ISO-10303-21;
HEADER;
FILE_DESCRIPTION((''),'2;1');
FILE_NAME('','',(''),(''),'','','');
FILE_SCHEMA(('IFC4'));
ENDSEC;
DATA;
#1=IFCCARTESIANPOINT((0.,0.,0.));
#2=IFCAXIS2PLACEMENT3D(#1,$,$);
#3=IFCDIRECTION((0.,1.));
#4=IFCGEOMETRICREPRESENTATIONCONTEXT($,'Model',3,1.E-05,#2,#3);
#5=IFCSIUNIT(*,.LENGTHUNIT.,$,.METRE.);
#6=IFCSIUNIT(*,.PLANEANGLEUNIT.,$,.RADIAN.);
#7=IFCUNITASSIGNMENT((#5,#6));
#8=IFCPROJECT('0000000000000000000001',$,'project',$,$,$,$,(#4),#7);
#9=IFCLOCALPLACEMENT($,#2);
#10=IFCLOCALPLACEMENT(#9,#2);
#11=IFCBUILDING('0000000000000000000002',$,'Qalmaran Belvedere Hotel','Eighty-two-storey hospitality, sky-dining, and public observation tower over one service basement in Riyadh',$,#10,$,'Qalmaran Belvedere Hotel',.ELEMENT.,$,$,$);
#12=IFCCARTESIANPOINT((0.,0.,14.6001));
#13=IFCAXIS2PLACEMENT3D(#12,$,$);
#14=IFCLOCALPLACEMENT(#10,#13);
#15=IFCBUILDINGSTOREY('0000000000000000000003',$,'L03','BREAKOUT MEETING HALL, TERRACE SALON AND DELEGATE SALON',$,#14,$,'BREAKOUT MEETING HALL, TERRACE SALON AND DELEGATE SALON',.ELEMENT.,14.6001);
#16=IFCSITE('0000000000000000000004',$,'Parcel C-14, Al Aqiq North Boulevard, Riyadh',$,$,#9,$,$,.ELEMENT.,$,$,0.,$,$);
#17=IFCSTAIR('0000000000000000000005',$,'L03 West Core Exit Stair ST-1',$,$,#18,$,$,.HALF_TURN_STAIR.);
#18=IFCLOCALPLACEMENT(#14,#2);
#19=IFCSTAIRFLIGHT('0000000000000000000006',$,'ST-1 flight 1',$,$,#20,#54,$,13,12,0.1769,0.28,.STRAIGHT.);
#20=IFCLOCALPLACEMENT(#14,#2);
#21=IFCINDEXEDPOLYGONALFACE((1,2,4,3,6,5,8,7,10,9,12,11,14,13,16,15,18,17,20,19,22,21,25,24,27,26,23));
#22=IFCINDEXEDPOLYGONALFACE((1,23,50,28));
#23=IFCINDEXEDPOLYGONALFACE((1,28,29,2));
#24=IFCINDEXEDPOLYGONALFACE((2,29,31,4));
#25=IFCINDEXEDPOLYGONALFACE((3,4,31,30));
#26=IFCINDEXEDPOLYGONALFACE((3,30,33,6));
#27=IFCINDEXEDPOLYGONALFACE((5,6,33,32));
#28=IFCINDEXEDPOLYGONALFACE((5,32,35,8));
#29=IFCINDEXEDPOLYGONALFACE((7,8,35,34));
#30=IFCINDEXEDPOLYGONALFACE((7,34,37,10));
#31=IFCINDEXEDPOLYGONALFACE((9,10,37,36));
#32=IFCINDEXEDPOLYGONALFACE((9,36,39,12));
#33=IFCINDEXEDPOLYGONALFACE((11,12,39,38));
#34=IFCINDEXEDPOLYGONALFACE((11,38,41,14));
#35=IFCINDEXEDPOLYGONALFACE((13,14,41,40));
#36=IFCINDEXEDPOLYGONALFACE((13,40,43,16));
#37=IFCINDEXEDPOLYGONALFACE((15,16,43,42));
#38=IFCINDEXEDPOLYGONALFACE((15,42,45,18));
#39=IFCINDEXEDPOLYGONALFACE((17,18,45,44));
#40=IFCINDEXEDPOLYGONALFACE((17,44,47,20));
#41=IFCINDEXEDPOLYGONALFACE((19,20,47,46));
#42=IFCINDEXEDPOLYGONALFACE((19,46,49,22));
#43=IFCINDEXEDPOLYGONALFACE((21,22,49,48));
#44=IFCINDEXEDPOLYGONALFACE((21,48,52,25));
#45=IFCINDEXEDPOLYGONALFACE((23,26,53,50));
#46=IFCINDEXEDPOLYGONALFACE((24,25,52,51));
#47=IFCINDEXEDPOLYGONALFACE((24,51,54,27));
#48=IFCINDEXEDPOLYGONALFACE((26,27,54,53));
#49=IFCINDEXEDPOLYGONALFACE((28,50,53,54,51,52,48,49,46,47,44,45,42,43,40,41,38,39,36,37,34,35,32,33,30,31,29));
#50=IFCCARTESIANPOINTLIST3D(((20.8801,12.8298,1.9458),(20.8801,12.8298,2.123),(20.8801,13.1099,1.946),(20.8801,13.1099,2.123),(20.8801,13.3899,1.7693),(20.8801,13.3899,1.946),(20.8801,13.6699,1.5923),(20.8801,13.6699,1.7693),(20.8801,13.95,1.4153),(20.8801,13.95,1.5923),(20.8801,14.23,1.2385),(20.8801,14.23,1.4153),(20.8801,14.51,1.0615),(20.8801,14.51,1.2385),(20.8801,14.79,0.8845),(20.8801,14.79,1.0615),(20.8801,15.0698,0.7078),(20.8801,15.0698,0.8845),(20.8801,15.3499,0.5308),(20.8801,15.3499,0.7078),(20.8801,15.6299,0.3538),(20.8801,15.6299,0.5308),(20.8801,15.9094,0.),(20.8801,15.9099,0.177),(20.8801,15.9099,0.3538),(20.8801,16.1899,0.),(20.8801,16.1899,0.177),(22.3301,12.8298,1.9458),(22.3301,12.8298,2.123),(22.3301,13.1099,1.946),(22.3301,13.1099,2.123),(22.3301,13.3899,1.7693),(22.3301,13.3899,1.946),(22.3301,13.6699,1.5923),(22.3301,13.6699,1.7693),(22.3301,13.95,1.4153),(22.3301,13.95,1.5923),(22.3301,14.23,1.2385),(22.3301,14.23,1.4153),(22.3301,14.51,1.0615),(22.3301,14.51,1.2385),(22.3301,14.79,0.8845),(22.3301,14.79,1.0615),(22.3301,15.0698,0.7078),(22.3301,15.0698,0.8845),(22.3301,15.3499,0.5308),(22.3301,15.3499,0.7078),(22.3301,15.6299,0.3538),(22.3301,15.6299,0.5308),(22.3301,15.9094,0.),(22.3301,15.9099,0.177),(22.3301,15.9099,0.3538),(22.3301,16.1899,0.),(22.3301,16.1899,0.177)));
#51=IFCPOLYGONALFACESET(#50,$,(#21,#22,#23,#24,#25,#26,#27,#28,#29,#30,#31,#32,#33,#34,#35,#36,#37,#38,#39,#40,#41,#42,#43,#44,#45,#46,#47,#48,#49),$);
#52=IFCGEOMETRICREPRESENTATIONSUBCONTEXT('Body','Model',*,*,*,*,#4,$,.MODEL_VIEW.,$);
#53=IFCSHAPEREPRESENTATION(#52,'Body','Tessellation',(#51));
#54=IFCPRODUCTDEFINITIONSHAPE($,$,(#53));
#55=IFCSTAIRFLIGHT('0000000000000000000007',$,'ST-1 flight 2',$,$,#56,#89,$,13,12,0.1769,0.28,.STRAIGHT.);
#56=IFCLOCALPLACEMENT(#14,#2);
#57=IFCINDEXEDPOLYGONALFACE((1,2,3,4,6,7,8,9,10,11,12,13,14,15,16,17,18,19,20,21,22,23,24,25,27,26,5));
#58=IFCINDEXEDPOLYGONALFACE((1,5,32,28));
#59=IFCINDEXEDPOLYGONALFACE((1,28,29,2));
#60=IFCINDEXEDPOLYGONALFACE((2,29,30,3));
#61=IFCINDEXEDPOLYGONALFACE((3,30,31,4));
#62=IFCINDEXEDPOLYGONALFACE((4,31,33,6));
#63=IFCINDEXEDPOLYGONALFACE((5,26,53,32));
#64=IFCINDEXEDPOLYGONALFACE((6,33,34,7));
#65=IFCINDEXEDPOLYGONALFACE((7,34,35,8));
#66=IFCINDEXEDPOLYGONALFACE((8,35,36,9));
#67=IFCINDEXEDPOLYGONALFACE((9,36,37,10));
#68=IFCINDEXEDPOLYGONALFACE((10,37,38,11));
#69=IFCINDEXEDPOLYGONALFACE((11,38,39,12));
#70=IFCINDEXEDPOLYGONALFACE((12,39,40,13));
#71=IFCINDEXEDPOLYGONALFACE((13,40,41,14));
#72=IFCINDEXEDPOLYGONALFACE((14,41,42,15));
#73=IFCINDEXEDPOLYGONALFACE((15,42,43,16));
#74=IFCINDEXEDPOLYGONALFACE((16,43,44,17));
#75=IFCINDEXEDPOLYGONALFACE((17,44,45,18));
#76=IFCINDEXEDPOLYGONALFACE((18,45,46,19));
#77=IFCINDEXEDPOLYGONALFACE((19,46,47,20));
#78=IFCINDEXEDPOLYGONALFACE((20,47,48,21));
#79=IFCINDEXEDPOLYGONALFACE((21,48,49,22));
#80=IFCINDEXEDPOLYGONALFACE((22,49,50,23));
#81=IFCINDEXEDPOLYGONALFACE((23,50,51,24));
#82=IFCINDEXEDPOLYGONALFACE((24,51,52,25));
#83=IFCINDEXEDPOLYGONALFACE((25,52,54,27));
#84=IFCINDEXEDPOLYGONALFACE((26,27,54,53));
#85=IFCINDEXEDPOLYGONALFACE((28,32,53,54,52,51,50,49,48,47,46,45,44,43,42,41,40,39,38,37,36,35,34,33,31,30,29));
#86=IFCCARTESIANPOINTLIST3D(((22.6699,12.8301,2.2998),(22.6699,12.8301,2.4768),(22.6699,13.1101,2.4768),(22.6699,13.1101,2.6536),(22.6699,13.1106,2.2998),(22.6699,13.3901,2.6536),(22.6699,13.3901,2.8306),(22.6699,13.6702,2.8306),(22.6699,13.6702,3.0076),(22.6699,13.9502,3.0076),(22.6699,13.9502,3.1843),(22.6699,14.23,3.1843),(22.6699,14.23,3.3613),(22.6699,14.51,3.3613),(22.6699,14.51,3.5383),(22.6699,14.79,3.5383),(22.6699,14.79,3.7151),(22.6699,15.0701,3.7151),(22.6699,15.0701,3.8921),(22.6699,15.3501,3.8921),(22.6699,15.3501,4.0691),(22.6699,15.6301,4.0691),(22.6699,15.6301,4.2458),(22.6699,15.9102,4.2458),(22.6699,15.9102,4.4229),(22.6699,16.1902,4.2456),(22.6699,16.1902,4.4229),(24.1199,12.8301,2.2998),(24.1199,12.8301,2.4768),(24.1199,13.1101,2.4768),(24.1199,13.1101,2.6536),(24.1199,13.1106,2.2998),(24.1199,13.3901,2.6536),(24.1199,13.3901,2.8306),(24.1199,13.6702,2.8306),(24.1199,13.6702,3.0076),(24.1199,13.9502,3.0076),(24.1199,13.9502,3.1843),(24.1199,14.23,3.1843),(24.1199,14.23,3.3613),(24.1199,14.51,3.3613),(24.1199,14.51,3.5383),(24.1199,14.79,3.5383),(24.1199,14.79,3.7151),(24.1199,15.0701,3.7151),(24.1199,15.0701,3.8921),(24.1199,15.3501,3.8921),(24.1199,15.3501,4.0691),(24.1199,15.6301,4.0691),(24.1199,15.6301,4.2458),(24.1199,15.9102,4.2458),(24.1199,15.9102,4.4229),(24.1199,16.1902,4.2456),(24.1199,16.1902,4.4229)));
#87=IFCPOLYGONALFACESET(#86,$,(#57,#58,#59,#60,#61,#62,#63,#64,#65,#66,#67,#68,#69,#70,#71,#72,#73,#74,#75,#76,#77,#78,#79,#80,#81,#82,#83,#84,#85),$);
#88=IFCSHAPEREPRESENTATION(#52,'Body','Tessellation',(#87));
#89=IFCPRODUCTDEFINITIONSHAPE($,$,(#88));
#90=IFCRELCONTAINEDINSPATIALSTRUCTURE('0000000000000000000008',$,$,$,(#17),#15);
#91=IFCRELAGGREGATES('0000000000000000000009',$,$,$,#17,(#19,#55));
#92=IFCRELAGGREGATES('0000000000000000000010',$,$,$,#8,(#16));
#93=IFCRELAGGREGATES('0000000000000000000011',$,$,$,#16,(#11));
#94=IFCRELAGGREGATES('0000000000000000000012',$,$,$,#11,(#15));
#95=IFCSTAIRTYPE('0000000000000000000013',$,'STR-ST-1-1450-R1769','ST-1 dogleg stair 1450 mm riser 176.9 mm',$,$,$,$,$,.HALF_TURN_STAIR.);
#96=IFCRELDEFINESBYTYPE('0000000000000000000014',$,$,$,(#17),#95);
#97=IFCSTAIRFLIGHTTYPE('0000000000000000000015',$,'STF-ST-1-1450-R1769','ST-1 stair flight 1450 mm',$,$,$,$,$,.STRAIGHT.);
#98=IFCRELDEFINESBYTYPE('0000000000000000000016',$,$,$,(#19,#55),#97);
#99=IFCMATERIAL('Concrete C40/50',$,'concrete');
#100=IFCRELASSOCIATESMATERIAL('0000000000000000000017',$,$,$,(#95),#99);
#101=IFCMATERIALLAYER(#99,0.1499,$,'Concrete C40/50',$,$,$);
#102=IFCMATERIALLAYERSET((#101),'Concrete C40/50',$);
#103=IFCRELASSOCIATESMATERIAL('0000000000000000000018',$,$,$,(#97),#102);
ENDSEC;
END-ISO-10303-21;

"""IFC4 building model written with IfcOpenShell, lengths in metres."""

from ifc_helpers import new_model, si_unit, direction, frame, origin, place, context, subcontext, project, spatial, polyline, outline, extrude, material, layer, layer_set, type_object, element, aggregate, save


model = new_model("IFC4")

# Units and contexts
model_context = context("Model", 3, precision=1e-05, world=origin(), true_north=direction((0.0, 1.0)))
body_context = subcontext(model_context, "Body", "Model", "MODEL_VIEW")
ifc_project = project(units=[si_unit("LENGTHUNIT", "METRE"), si_unit("PLANEANGLEUNIT", "RADIAN")], contexts=[model_context])

# Site, building, storey
site_placement = place(None, origin())
site = spatial("IfcSite", under=ifc_project, at=site_placement, Name="Parcel C-14, Al Aqiq North Boulevard, Riyadh", CompositionType="ELEMENT", RefElevation=0.0)
building_placement = place(site_placement, origin())
building = spatial("IfcBuilding", under=site, at=building_placement, Name="Qalmaran Belvedere Hotel", Description="Eighty-two-storey hospitality, sky-dining, and public observation tower over one service basement in Riyadh", LongName="Qalmaran Belvedere Hotel", CompositionType="ELEMENT")
storey_placement = place(building_placement, frame((0.0, 0.0, 14.6001)))
storey = spatial("IfcBuildingStorey", under=building, at=storey_placement, Name="L03", Description="BREAKOUT MEETING HALL, TERRACE SALON AND DELEGATE SALON", LongName="BREAKOUT MEETING HALL, TERRACE SALON AND DELEGATE SALON", CompositionType="ELEMENT", Elevation=14.6001)

# Stair, stair flights
ifc_material_1 = material(Name="Concrete C40/50", Category="concrete")
stair_type = type_object("IfcStairType", Name="STR-ST-1-1450-R1769", Description="ST-1 dogleg stair 1450 mm riser 176.9 mm", PredefinedType="HALF_TURN_STAIR", material=ifc_material_1)
stair_placement = place(storey_placement, origin())
stair = element("IfcStair", 1, at=stair_placement, inside=storey, type_object=stair_type, Name="L03 West Core Exit Stair ST-1", PredefinedType="HALF_TURN_STAIR")
ifc_layer_1 = layer(ifc_material_1, 0.1499, Name="Concrete C40/50")
ifc_layer_set_1 = layer_set([ifc_layer_1], Name="Concrete C40/50")
stair_flight_type = type_object("IfcStairFlightType", Name="STF-ST-1-1450-R1769", Description="ST-1 stair flight 1450 mm", PredefinedType="STRAIGHT", material=ifc_layer_set_1)
stair_flight_1_placement = place(storey_placement, frame((21.605, 16.1899, 0.0), z_axis=(0.0, 0.0, 1.0), x_axis=(0.0, -1.0, 0.0)))
stair_flight_1 = element("IfcStairFlight", 2, at=stair_flight_1_placement, type_object=stair_flight_type, Name="ST-1 flight 1", NumberOfRisers=13, NumberOfTreads=12, PredefinedType="STRAIGHT", RiserHeight=0.1769, TreadLength=0.28, context=body_context, shape_type="SweptSolid", body=[
    extrude(outline(polyline([(0.0, 0.0), (0.0, 0.177), (0.28, 0.177), (0.28, 0.3538), (0.5601, 0.3538), (0.5601, 0.5308), (0.8401, 0.5308), (0.8401, 0.7078), (1.1201, 0.7078), (1.1201, 0.8845), (1.3999, 0.8845), (1.3999, 1.0615), (1.6799, 1.0615), (1.6799, 1.2385), (1.96, 1.2385), (1.96, 1.4153), (2.24, 1.4153), (2.24, 1.5923), (2.52, 1.5923), (2.52, 1.7693), (2.8, 1.7693), (2.8, 1.946), (3.0801, 1.946), (3.0801, 2.123), (3.3601, 2.123), (3.3601, 2.3), (3.3601, 1.9458), (0.2805, 0.0), (0.0, 0.0)])), frame((0.0, 0.7251, 0.0), z_axis=(0.0, -1.0, 0.0), x_axis=(1.0, 0.0, 0.0)), (0.0, 0.0, 1.0), 1.45),
])
stair_flight_2_placement = place(storey_placement, frame((23.395, 12.8301, 2.2998), z_axis=(0.0, 0.0, 1.0), x_axis=(0.0, 1.0, 0.0)))
stair_flight_2 = element("IfcStairFlight", 3, at=stair_flight_2_placement, type_object=stair_flight_type, Name="ST-1 flight 2", NumberOfRisers=13, NumberOfTreads=12, PredefinedType="STRAIGHT", RiserHeight=0.1769, TreadLength=0.28, context=body_context, shape_type="SweptSolid", body=[
    extrude(outline(polyline([(0.0, 0.0), (0.0, 0.177), (0.28, 0.177), (0.28, 0.3538), (0.5601, 0.3538), (0.5601, 0.5308), (0.8401, 0.5308), (0.8401, 0.7078), (1.1201, 0.7078), (1.1201, 0.8845), (1.3999, 0.8845), (1.3999, 1.0615), (1.6799, 1.0615), (1.6799, 1.2385), (1.96, 1.2385), (1.96, 1.4153), (2.24, 1.4153), (2.24, 1.5923), (2.52, 1.5923), (2.52, 1.7693), (2.8, 1.7693), (2.8, 1.946), (3.0801, 1.946), (3.0801, 2.123), (3.3601, 2.123), (3.3601, 2.3), (3.3601, 1.9458), (0.2805, 0.0), (0.0, 0.0)])), frame((0.0, 0.7251, 0.0), z_axis=(0.0, -1.0, 0.0), x_axis=(1.0, 0.0, 0.0)), (0.0, 0.0, 1.0), 1.45),
])
aggregate(stair, [stair_flight_1, stair_flight_2])

save(model, "model.ifc")
